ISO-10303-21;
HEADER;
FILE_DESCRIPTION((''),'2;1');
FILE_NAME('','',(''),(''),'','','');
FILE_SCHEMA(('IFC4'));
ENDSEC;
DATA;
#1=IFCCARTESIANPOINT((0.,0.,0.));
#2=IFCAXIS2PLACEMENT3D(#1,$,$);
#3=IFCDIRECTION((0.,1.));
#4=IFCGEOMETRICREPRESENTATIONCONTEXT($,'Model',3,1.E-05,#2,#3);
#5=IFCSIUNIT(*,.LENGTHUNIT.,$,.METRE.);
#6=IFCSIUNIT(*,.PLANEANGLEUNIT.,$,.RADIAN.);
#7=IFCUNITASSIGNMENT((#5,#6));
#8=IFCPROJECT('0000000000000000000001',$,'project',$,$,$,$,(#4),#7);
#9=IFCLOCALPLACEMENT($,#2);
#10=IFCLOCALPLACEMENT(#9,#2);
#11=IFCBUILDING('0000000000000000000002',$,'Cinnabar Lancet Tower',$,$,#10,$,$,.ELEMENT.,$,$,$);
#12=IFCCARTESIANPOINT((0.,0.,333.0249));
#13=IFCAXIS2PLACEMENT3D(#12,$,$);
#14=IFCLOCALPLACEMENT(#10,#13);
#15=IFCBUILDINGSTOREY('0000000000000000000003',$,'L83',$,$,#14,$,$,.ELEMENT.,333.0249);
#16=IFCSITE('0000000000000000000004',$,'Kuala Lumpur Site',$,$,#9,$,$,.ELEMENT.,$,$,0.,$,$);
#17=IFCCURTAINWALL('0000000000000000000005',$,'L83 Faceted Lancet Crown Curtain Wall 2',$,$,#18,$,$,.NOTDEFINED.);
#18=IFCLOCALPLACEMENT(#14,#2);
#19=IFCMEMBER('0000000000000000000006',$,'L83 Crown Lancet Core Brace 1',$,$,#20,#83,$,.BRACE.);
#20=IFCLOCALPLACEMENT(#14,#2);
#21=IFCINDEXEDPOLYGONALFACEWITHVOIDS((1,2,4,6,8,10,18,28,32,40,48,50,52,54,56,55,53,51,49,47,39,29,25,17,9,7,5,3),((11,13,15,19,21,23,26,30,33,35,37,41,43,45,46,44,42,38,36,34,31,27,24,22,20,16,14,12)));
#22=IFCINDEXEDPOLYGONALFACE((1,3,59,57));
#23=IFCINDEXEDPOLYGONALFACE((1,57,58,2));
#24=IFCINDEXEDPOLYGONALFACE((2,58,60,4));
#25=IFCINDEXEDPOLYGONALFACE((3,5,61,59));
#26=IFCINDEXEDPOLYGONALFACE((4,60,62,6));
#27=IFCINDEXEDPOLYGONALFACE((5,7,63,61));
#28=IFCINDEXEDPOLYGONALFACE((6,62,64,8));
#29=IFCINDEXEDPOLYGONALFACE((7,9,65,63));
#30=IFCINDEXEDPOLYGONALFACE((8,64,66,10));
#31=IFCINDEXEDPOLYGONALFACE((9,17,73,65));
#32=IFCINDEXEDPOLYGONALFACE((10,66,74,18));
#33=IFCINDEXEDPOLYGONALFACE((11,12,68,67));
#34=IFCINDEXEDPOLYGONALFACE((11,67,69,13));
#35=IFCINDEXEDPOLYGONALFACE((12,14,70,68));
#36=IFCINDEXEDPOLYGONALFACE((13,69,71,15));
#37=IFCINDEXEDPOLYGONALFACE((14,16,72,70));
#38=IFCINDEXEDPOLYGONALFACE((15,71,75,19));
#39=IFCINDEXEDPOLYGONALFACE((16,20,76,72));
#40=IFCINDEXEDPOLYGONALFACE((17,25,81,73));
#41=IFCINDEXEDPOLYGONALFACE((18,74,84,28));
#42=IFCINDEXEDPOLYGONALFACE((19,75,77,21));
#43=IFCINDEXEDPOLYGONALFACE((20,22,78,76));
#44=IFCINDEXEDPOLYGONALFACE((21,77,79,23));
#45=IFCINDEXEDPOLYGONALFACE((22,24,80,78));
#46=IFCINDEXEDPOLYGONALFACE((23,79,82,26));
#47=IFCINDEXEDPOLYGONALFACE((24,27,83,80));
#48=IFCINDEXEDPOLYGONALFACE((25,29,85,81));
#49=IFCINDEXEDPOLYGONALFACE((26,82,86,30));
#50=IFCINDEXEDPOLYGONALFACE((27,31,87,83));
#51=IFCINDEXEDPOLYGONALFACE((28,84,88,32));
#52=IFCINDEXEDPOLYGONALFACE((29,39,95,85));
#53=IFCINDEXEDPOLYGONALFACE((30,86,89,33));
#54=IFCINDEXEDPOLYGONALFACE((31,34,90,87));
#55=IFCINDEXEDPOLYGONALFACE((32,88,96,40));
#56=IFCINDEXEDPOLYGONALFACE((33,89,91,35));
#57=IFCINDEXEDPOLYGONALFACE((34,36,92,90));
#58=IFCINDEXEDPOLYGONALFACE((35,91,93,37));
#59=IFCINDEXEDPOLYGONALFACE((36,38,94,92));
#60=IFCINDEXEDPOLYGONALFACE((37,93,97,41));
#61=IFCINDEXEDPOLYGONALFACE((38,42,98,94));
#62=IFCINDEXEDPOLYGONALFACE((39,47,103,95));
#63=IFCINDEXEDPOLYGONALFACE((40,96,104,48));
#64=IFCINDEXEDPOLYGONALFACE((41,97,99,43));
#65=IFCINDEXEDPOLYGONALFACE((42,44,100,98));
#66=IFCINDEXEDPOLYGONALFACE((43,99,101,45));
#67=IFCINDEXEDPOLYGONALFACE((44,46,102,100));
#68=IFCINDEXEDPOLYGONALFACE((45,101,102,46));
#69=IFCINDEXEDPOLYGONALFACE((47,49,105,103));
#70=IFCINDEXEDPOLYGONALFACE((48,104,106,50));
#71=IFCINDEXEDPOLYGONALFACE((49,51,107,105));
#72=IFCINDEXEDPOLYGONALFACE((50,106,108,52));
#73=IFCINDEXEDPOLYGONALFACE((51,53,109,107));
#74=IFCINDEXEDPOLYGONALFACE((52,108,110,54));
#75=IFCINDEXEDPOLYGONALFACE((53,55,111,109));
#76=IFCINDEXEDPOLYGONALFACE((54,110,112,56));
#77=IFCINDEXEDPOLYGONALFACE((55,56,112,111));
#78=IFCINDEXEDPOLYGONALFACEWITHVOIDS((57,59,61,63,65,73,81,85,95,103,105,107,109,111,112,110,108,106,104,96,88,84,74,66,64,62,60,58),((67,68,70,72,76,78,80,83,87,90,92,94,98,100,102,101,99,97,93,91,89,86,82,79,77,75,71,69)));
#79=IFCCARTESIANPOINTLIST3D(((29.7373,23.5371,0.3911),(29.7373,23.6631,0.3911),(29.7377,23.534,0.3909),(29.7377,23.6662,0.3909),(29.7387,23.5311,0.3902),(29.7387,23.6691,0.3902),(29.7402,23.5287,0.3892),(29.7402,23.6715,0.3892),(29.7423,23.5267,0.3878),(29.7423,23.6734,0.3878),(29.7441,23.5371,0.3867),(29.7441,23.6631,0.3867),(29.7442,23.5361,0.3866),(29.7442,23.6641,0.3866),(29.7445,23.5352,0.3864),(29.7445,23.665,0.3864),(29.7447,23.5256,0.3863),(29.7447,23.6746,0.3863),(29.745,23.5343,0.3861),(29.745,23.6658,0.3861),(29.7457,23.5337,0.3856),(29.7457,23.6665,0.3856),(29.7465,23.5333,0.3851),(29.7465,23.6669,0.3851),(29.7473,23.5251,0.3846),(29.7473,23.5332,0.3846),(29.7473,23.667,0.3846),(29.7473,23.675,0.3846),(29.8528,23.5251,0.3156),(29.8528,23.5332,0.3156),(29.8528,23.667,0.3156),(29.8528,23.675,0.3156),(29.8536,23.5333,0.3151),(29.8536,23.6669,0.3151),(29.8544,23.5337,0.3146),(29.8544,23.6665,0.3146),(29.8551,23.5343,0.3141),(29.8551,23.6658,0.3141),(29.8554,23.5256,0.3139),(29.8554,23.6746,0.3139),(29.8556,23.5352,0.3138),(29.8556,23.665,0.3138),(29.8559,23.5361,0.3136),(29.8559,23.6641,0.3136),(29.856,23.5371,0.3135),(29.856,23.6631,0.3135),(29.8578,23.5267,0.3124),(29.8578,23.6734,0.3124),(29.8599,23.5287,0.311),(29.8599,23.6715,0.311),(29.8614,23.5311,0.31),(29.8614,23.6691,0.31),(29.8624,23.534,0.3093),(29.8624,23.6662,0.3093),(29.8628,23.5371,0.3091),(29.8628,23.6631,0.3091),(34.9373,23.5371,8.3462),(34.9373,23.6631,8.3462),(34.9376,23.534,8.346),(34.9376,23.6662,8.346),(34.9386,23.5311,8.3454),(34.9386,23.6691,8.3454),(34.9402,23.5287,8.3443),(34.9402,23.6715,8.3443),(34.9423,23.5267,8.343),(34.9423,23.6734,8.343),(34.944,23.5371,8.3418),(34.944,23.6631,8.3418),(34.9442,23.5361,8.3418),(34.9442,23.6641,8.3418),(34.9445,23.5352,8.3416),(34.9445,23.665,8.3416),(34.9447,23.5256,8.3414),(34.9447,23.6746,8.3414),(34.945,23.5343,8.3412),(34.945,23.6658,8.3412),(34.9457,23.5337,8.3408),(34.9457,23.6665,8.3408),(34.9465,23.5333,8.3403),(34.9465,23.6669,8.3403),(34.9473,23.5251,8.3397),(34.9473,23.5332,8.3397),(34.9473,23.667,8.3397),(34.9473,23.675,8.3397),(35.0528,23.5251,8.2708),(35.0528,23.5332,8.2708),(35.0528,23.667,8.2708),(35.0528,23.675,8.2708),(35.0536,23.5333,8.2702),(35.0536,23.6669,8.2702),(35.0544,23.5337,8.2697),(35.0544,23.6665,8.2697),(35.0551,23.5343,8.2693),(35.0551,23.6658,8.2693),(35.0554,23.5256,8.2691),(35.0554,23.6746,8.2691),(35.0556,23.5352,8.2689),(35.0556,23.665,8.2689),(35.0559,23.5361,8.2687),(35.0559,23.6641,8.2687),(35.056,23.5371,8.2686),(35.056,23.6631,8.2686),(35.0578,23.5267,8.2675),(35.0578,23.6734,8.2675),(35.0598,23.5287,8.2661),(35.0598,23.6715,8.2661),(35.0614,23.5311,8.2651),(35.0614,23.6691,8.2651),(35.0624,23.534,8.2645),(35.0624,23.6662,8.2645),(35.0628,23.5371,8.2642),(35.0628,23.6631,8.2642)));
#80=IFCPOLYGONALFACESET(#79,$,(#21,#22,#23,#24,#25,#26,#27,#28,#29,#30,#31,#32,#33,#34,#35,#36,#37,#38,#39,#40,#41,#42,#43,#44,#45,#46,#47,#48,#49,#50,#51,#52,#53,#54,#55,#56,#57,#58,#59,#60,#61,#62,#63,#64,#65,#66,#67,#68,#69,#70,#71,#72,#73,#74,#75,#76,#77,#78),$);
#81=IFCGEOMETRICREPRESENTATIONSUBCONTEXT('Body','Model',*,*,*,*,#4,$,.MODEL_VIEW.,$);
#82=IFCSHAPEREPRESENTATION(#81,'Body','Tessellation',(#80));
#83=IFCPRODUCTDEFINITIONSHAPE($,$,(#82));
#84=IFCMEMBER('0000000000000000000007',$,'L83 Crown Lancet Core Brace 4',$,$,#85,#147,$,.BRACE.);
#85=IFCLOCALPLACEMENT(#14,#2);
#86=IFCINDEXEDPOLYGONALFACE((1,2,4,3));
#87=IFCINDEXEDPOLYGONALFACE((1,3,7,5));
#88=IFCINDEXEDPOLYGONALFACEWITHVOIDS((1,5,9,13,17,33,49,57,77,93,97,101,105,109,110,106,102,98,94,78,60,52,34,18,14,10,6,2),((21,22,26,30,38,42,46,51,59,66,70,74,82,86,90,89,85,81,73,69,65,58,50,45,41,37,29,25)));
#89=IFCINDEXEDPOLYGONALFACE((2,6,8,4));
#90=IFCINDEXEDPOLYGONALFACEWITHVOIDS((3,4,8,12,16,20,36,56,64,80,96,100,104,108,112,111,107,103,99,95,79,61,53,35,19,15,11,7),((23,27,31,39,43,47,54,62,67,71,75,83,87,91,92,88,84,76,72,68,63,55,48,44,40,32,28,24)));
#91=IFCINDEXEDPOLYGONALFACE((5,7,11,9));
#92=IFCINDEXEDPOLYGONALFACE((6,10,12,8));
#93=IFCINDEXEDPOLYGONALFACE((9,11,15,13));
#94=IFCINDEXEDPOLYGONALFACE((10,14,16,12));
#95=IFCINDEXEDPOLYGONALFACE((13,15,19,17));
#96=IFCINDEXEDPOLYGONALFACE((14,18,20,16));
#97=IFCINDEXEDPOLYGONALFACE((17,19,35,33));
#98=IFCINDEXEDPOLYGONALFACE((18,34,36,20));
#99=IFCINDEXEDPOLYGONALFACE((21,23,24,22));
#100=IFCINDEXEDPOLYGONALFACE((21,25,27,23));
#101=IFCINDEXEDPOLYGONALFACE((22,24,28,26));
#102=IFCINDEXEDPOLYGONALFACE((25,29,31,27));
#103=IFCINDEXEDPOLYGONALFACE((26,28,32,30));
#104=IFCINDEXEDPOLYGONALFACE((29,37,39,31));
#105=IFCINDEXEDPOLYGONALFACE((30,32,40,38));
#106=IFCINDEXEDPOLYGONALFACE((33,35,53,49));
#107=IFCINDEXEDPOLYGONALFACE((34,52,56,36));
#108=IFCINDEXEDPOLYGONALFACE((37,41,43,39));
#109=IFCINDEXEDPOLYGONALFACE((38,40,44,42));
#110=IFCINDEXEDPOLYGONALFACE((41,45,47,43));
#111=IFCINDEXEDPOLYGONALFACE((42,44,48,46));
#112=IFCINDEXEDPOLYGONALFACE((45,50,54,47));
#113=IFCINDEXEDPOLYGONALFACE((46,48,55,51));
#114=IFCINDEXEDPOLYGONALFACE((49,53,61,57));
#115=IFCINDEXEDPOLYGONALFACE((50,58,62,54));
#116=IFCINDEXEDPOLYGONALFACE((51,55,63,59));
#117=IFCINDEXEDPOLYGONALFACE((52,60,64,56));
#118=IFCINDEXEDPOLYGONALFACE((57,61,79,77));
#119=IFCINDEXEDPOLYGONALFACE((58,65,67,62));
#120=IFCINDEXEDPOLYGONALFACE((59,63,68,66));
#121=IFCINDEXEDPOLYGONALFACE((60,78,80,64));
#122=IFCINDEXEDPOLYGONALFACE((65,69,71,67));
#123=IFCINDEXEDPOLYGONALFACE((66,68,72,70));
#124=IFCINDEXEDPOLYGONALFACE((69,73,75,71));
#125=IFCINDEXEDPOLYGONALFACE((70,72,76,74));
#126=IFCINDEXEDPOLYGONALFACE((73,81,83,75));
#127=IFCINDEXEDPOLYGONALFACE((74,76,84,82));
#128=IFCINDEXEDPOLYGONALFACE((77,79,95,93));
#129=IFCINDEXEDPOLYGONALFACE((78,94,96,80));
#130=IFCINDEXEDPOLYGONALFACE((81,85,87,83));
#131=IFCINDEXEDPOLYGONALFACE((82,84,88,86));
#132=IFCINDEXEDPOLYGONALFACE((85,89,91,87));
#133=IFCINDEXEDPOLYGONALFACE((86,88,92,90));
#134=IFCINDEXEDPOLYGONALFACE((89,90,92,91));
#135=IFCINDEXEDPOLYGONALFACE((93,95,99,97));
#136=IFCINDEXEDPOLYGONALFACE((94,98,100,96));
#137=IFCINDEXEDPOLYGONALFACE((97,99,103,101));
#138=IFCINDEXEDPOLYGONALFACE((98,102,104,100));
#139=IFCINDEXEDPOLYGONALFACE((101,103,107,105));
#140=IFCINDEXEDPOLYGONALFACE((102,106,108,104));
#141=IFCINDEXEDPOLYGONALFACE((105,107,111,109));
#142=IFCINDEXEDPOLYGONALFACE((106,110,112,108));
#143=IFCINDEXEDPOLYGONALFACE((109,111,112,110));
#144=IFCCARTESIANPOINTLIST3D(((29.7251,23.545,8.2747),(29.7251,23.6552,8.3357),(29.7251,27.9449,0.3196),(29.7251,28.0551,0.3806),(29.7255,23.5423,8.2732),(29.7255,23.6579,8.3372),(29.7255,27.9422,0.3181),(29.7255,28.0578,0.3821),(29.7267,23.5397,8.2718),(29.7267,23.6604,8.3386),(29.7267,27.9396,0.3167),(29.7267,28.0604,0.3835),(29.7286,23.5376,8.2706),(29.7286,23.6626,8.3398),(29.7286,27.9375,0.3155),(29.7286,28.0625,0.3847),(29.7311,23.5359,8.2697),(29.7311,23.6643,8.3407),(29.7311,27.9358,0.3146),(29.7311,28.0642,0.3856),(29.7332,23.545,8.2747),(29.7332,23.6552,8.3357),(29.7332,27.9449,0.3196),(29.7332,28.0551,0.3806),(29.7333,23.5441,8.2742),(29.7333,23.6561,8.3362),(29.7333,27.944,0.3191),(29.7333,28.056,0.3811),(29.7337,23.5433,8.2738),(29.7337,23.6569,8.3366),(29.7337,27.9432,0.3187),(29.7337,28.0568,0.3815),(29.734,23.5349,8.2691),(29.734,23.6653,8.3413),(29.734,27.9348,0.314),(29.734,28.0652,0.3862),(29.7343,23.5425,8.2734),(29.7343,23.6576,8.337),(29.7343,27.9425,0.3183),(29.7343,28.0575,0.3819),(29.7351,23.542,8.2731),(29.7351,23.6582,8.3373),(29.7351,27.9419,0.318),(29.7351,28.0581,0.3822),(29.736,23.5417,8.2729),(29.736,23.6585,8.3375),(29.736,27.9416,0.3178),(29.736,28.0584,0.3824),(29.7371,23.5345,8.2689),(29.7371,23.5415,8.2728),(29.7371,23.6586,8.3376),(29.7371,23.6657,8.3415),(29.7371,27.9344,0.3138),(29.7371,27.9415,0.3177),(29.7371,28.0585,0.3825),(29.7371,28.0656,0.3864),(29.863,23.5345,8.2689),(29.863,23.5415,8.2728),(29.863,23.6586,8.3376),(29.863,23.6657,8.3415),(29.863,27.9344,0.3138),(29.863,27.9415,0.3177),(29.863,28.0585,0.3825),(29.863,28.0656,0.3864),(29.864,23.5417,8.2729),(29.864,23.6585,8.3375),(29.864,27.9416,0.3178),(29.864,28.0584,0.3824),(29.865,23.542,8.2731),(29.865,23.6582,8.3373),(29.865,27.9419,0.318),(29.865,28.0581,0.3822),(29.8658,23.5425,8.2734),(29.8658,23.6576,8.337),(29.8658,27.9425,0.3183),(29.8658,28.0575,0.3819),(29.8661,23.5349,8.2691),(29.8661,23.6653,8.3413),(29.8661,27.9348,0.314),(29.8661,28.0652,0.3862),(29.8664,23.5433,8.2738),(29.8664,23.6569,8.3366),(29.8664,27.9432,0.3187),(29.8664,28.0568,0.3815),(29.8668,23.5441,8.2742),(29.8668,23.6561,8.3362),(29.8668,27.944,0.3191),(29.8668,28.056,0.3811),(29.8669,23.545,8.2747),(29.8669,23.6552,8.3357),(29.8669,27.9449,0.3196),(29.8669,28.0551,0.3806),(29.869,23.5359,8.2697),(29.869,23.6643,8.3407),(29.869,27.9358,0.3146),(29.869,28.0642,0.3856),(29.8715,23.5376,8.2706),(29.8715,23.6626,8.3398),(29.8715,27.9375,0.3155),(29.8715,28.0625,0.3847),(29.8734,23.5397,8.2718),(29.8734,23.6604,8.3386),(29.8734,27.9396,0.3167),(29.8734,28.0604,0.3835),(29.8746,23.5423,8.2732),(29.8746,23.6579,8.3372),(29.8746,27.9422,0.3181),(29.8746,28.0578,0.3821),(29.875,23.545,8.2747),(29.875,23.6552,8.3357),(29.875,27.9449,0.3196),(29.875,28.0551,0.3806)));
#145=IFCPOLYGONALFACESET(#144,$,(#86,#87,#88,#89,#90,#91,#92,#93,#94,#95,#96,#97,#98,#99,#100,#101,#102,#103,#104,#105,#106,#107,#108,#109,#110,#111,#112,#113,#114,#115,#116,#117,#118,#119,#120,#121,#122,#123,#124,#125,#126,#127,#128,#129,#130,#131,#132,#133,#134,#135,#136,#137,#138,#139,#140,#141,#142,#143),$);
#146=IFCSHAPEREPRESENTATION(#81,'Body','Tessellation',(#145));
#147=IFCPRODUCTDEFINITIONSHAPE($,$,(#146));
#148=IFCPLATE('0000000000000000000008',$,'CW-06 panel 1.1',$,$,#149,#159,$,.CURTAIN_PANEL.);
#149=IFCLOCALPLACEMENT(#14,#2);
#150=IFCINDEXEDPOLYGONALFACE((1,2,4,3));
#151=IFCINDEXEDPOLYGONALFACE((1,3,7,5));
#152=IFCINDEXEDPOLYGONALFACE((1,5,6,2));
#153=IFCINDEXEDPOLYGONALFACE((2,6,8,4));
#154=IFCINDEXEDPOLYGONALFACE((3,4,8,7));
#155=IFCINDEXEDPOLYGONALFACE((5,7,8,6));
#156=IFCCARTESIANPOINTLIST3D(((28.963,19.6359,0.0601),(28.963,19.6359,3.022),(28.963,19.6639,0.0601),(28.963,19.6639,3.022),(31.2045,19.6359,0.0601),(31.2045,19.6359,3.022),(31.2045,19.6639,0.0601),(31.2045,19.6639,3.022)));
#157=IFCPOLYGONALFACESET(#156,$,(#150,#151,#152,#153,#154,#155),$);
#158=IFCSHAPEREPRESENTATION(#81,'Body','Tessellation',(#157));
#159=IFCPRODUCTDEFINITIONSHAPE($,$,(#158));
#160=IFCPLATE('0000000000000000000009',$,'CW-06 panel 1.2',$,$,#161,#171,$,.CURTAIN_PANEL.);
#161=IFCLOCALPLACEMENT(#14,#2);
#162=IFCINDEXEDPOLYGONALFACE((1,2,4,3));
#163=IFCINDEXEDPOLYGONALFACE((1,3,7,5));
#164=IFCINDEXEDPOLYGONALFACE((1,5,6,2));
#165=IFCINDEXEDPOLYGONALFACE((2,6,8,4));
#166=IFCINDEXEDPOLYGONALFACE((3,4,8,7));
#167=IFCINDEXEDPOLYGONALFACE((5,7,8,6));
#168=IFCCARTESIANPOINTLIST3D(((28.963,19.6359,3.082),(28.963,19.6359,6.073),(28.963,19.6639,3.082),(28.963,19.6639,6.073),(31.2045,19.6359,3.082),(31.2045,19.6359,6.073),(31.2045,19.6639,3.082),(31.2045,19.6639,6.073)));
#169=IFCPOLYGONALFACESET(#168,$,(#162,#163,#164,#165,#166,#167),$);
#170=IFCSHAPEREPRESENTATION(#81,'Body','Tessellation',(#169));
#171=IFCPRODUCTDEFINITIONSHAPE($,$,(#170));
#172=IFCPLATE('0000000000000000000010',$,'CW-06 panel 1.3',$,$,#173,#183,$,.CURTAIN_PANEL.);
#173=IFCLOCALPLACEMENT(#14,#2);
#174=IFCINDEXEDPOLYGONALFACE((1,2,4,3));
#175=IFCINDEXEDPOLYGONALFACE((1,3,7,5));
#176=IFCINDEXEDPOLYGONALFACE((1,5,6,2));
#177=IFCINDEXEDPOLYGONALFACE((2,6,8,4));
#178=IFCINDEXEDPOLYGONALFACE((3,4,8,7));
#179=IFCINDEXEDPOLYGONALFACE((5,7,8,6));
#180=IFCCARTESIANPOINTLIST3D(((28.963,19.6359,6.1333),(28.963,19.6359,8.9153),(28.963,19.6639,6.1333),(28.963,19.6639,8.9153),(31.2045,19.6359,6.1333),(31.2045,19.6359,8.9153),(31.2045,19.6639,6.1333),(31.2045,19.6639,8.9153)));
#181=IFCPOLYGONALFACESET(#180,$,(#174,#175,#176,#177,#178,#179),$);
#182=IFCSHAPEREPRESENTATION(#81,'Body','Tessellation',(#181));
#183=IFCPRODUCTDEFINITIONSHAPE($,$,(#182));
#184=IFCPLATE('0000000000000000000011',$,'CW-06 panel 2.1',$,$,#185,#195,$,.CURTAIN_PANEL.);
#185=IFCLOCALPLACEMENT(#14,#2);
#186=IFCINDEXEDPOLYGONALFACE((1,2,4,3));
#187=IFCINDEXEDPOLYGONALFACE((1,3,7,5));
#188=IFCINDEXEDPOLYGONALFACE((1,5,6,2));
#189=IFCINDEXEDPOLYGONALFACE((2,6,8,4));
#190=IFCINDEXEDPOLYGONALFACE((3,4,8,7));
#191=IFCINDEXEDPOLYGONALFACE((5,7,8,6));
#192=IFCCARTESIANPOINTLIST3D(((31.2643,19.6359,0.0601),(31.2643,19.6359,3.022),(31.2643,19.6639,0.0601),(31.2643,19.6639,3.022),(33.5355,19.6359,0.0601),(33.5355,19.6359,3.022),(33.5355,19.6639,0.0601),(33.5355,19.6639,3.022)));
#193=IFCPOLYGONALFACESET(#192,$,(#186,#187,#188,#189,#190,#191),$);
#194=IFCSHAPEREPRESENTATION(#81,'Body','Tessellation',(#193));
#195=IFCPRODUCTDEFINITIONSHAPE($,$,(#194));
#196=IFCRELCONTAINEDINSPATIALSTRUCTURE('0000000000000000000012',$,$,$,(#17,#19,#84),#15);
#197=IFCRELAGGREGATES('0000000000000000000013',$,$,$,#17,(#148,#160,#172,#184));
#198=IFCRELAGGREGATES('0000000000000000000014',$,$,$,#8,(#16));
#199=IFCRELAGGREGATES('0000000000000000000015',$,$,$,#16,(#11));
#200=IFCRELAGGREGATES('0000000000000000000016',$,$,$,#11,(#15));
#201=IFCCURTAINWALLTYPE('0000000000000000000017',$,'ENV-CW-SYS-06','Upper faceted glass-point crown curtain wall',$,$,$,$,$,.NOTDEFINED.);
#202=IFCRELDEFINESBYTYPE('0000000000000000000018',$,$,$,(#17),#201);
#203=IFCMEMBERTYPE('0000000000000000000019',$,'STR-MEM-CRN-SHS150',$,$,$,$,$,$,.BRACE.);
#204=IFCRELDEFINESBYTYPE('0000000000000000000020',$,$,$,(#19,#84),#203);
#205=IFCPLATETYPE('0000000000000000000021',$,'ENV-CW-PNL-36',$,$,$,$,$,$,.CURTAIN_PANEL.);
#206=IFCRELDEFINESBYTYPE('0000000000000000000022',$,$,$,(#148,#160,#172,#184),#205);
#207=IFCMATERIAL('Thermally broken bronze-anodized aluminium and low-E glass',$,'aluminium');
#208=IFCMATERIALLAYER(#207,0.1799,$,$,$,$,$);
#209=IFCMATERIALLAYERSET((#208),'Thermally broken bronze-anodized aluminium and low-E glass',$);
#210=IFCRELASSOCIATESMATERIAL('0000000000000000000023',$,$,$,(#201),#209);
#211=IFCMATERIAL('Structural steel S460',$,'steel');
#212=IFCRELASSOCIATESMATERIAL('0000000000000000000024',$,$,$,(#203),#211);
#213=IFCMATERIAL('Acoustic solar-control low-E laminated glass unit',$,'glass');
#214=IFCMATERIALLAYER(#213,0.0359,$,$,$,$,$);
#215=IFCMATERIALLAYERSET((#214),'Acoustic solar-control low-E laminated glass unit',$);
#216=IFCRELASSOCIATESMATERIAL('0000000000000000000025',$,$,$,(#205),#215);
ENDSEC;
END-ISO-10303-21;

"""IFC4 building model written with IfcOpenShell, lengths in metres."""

from ifc_helpers import new_model, si_unit, direction, frame, origin, origin_2d, place, context, subcontext, project, spatial, rectangle, hollow_rectangle, extrude, material, layer, layer_set, material_profile, profile_set, type_object, element, aggregate, save


model = new_model("IFC4")

# Units and contexts
model_context = context("Model", 3, precision=1e-05, world=origin(), true_north=direction((0.0, 1.0)))
body_context = subcontext(model_context, "Body", "Model", "MODEL_VIEW")
ifc_project = project(units=[si_unit("LENGTHUNIT", "METRE"), si_unit("PLANEANGLEUNIT", "RADIAN")], contexts=[model_context])

# Site, building, storey
site_placement = place(None, origin())
site = spatial("IfcSite", under=ifc_project, at=site_placement, Name="Kuala Lumpur Site", CompositionType="ELEMENT", RefElevation=0.0)
building_placement = place(site_placement, origin())
building = spatial("IfcBuilding", under=site, at=building_placement, Name="Cinnabar Lancet Tower", CompositionType="ELEMENT")
storey_placement = place(building_placement, frame((0.0, 0.0, 333.0249)))
storey = spatial("IfcBuildingStorey", under=building, at=storey_placement, Name="L83", CompositionType="ELEMENT", Elevation=333.0249)

# Curtain wall
ifc_material_1 = material(Name="Thermally broken bronze-anodized aluminium and low-E glass", Category="aluminium")
ifc_layer_1 = layer(ifc_material_1, 0.1799)
ifc_layer_set_1 = layer_set([ifc_layer_1], Name="Thermally broken bronze-anodized aluminium and low-E glass")
curtain_wall_type = type_object("IfcCurtainWallType", Name="ENV-CW-SYS-06", Description="Upper faceted glass-point crown curtain wall", PredefinedType="NOTDEFINED", material=ifc_layer_set_1)
curtain_wall_1_placement = place(storey_placement, origin())
curtain_wall_1 = element("IfcCurtainWall", 1, at=curtain_wall_1_placement, inside=storey, type_object=curtain_wall_type, Name="L83 Faceted Lancet Crown Curtain Wall 2", PredefinedType="NOTDEFINED")

# Members
ifc_material_2 = material(Name="Structural steel S460", Category="steel")
ifc_material_profile_1 = material_profile(ifc_material_2, hollow_rectangle(XDim=0.1499, YDim=0.1499, WallThickness=0.0081, InnerFilletRadius=0.0039, OuterFilletRadius=0.012, at=origin_2d()), Name="SHS 150x150x8")
ifc_profile_set_1 = profile_set([ifc_material_profile_1], Name="Structural steel S460")
member_type_1 = type_object("IfcMemberType", Name="STR-MEM-CRN-SHS150", PredefinedType="BRACE", material=ifc_profile_set_1)
member_1_placement = place(storey_placement, frame((29.8, 23.6001, 0.3501), z_axis=(0.547143, 0.0, 0.837039), x_axis=(0.0, 1.0, 0.0)))
element("IfcMember", 2, at=member_1_placement, inside=storey, type_object=member_type_1, Name="L83 Crown Lancet Core Brace 1", PredefinedType="BRACE", context=body_context, shape_type="SweptSolid", body=[
    extrude(hollow_rectangle(XDim=0.1499, YDim=0.1499, WallThickness=0.0081, InnerFilletRadius=0.0039, OuterFilletRadius=0.012, at=origin_2d()), origin(), (0.0, 0.0, 1.0), 9.5039),
])
member_2_placement = place(storey_placement, frame((29.8, 28.0, 0.3501), z_axis=(0.0, -0.483996, 0.87507), x_axis=(1.0, 0.0, 0.0)))
element("IfcMember", 3, at=member_2_placement, inside=storey, type_object=member_type_1, Name="L83 Crown Lancet Core Brace 4", PredefinedType="BRACE", context=body_context, shape_type="SweptSolid", body=[
    extrude(hollow_rectangle(XDim=0.1499, YDim=0.1499, WallThickness=0.0081, InnerFilletRadius=0.0039, OuterFilletRadius=0.012, at=origin_2d()), origin(), (0.0, 0.0, 1.0), 9.0908),
])

# Plates
ifc_material_3 = material(Name="Acoustic solar-control low-E laminated glass unit", Category="glass")
ifc_layer_2 = layer(ifc_material_3, 0.0359)
ifc_layer_set_2 = layer_set([ifc_layer_2], Name="Acoustic solar-control low-E laminated glass unit")
plate_type_1 = type_object("IfcPlateType", Name="ENV-CW-PNL-36", PredefinedType="CURTAIN_PANEL", material=ifc_layer_set_2)
plate_1_placement = place(storey_placement, frame((30.0837, 19.6499, 0.0601), z_axis=(0.0, 0.0, 1.0), x_axis=(1.0, 0.0, 0.0)))
plate_1 = element("IfcPlate", 4, at=plate_1_placement, type_object=plate_type_1, Name="CW-06 panel 1.1", PredefinedType="CURTAIN_PANEL", context=body_context, shape_type="SweptSolid", body=[
    extrude(rectangle(XDim=2.2415, YDim=0.0281, at=origin_2d()), origin(), (0.0, 0.0, 1.0), 2.9619),
])
plate_2_placement = place(storey_placement, frame((30.0837, 19.6499, 3.082), z_axis=(0.0, 0.0, 1.0), x_axis=(1.0, 0.0, 0.0)))
plate_2 = element("IfcPlate", 5, at=plate_2_placement, type_object=plate_type_1, Name="CW-06 panel 1.2", PredefinedType="CURTAIN_PANEL", context=body_context, shape_type="SweptSolid", body=[
    extrude(rectangle(XDim=2.2415, YDim=0.0281, at=origin_2d()), origin(), (0.0, 0.0, 1.0), 2.991),
])
plate_3_placement = place(storey_placement, frame((30.0837, 19.6499, 6.1333), z_axis=(0.0, 0.0, 1.0), x_axis=(1.0, 0.0, 0.0)))
plate_3 = element("IfcPlate", 6, at=plate_3_placement, type_object=plate_type_1, Name="CW-06 panel 1.3", PredefinedType="CURTAIN_PANEL", context=body_context, shape_type="SweptSolid", body=[
    extrude(rectangle(XDim=2.2415, YDim=0.0281, at=origin_2d()), origin(), (0.0, 0.0, 1.0), 2.782),
])
plate_4_placement = place(storey_placement, frame((32.3999, 19.6499, 0.0601), z_axis=(0.0, 0.0, 1.0), x_axis=(1.0, 0.0, 0.0)))
plate_4 = element("IfcPlate", 7, at=plate_4_placement, type_object=plate_type_1, Name="CW-06 panel 2.1", PredefinedType="CURTAIN_PANEL", context=body_context, shape_type="SweptSolid", body=[
    extrude(rectangle(XDim=2.2712, YDim=0.0281, at=origin_2d()), origin(), (0.0, 0.0, 1.0), 2.9619),
])
aggregate(curtain_wall_1, [plate_1, plate_2, plate_3, plate_4])

save(model, "model.ifc")
